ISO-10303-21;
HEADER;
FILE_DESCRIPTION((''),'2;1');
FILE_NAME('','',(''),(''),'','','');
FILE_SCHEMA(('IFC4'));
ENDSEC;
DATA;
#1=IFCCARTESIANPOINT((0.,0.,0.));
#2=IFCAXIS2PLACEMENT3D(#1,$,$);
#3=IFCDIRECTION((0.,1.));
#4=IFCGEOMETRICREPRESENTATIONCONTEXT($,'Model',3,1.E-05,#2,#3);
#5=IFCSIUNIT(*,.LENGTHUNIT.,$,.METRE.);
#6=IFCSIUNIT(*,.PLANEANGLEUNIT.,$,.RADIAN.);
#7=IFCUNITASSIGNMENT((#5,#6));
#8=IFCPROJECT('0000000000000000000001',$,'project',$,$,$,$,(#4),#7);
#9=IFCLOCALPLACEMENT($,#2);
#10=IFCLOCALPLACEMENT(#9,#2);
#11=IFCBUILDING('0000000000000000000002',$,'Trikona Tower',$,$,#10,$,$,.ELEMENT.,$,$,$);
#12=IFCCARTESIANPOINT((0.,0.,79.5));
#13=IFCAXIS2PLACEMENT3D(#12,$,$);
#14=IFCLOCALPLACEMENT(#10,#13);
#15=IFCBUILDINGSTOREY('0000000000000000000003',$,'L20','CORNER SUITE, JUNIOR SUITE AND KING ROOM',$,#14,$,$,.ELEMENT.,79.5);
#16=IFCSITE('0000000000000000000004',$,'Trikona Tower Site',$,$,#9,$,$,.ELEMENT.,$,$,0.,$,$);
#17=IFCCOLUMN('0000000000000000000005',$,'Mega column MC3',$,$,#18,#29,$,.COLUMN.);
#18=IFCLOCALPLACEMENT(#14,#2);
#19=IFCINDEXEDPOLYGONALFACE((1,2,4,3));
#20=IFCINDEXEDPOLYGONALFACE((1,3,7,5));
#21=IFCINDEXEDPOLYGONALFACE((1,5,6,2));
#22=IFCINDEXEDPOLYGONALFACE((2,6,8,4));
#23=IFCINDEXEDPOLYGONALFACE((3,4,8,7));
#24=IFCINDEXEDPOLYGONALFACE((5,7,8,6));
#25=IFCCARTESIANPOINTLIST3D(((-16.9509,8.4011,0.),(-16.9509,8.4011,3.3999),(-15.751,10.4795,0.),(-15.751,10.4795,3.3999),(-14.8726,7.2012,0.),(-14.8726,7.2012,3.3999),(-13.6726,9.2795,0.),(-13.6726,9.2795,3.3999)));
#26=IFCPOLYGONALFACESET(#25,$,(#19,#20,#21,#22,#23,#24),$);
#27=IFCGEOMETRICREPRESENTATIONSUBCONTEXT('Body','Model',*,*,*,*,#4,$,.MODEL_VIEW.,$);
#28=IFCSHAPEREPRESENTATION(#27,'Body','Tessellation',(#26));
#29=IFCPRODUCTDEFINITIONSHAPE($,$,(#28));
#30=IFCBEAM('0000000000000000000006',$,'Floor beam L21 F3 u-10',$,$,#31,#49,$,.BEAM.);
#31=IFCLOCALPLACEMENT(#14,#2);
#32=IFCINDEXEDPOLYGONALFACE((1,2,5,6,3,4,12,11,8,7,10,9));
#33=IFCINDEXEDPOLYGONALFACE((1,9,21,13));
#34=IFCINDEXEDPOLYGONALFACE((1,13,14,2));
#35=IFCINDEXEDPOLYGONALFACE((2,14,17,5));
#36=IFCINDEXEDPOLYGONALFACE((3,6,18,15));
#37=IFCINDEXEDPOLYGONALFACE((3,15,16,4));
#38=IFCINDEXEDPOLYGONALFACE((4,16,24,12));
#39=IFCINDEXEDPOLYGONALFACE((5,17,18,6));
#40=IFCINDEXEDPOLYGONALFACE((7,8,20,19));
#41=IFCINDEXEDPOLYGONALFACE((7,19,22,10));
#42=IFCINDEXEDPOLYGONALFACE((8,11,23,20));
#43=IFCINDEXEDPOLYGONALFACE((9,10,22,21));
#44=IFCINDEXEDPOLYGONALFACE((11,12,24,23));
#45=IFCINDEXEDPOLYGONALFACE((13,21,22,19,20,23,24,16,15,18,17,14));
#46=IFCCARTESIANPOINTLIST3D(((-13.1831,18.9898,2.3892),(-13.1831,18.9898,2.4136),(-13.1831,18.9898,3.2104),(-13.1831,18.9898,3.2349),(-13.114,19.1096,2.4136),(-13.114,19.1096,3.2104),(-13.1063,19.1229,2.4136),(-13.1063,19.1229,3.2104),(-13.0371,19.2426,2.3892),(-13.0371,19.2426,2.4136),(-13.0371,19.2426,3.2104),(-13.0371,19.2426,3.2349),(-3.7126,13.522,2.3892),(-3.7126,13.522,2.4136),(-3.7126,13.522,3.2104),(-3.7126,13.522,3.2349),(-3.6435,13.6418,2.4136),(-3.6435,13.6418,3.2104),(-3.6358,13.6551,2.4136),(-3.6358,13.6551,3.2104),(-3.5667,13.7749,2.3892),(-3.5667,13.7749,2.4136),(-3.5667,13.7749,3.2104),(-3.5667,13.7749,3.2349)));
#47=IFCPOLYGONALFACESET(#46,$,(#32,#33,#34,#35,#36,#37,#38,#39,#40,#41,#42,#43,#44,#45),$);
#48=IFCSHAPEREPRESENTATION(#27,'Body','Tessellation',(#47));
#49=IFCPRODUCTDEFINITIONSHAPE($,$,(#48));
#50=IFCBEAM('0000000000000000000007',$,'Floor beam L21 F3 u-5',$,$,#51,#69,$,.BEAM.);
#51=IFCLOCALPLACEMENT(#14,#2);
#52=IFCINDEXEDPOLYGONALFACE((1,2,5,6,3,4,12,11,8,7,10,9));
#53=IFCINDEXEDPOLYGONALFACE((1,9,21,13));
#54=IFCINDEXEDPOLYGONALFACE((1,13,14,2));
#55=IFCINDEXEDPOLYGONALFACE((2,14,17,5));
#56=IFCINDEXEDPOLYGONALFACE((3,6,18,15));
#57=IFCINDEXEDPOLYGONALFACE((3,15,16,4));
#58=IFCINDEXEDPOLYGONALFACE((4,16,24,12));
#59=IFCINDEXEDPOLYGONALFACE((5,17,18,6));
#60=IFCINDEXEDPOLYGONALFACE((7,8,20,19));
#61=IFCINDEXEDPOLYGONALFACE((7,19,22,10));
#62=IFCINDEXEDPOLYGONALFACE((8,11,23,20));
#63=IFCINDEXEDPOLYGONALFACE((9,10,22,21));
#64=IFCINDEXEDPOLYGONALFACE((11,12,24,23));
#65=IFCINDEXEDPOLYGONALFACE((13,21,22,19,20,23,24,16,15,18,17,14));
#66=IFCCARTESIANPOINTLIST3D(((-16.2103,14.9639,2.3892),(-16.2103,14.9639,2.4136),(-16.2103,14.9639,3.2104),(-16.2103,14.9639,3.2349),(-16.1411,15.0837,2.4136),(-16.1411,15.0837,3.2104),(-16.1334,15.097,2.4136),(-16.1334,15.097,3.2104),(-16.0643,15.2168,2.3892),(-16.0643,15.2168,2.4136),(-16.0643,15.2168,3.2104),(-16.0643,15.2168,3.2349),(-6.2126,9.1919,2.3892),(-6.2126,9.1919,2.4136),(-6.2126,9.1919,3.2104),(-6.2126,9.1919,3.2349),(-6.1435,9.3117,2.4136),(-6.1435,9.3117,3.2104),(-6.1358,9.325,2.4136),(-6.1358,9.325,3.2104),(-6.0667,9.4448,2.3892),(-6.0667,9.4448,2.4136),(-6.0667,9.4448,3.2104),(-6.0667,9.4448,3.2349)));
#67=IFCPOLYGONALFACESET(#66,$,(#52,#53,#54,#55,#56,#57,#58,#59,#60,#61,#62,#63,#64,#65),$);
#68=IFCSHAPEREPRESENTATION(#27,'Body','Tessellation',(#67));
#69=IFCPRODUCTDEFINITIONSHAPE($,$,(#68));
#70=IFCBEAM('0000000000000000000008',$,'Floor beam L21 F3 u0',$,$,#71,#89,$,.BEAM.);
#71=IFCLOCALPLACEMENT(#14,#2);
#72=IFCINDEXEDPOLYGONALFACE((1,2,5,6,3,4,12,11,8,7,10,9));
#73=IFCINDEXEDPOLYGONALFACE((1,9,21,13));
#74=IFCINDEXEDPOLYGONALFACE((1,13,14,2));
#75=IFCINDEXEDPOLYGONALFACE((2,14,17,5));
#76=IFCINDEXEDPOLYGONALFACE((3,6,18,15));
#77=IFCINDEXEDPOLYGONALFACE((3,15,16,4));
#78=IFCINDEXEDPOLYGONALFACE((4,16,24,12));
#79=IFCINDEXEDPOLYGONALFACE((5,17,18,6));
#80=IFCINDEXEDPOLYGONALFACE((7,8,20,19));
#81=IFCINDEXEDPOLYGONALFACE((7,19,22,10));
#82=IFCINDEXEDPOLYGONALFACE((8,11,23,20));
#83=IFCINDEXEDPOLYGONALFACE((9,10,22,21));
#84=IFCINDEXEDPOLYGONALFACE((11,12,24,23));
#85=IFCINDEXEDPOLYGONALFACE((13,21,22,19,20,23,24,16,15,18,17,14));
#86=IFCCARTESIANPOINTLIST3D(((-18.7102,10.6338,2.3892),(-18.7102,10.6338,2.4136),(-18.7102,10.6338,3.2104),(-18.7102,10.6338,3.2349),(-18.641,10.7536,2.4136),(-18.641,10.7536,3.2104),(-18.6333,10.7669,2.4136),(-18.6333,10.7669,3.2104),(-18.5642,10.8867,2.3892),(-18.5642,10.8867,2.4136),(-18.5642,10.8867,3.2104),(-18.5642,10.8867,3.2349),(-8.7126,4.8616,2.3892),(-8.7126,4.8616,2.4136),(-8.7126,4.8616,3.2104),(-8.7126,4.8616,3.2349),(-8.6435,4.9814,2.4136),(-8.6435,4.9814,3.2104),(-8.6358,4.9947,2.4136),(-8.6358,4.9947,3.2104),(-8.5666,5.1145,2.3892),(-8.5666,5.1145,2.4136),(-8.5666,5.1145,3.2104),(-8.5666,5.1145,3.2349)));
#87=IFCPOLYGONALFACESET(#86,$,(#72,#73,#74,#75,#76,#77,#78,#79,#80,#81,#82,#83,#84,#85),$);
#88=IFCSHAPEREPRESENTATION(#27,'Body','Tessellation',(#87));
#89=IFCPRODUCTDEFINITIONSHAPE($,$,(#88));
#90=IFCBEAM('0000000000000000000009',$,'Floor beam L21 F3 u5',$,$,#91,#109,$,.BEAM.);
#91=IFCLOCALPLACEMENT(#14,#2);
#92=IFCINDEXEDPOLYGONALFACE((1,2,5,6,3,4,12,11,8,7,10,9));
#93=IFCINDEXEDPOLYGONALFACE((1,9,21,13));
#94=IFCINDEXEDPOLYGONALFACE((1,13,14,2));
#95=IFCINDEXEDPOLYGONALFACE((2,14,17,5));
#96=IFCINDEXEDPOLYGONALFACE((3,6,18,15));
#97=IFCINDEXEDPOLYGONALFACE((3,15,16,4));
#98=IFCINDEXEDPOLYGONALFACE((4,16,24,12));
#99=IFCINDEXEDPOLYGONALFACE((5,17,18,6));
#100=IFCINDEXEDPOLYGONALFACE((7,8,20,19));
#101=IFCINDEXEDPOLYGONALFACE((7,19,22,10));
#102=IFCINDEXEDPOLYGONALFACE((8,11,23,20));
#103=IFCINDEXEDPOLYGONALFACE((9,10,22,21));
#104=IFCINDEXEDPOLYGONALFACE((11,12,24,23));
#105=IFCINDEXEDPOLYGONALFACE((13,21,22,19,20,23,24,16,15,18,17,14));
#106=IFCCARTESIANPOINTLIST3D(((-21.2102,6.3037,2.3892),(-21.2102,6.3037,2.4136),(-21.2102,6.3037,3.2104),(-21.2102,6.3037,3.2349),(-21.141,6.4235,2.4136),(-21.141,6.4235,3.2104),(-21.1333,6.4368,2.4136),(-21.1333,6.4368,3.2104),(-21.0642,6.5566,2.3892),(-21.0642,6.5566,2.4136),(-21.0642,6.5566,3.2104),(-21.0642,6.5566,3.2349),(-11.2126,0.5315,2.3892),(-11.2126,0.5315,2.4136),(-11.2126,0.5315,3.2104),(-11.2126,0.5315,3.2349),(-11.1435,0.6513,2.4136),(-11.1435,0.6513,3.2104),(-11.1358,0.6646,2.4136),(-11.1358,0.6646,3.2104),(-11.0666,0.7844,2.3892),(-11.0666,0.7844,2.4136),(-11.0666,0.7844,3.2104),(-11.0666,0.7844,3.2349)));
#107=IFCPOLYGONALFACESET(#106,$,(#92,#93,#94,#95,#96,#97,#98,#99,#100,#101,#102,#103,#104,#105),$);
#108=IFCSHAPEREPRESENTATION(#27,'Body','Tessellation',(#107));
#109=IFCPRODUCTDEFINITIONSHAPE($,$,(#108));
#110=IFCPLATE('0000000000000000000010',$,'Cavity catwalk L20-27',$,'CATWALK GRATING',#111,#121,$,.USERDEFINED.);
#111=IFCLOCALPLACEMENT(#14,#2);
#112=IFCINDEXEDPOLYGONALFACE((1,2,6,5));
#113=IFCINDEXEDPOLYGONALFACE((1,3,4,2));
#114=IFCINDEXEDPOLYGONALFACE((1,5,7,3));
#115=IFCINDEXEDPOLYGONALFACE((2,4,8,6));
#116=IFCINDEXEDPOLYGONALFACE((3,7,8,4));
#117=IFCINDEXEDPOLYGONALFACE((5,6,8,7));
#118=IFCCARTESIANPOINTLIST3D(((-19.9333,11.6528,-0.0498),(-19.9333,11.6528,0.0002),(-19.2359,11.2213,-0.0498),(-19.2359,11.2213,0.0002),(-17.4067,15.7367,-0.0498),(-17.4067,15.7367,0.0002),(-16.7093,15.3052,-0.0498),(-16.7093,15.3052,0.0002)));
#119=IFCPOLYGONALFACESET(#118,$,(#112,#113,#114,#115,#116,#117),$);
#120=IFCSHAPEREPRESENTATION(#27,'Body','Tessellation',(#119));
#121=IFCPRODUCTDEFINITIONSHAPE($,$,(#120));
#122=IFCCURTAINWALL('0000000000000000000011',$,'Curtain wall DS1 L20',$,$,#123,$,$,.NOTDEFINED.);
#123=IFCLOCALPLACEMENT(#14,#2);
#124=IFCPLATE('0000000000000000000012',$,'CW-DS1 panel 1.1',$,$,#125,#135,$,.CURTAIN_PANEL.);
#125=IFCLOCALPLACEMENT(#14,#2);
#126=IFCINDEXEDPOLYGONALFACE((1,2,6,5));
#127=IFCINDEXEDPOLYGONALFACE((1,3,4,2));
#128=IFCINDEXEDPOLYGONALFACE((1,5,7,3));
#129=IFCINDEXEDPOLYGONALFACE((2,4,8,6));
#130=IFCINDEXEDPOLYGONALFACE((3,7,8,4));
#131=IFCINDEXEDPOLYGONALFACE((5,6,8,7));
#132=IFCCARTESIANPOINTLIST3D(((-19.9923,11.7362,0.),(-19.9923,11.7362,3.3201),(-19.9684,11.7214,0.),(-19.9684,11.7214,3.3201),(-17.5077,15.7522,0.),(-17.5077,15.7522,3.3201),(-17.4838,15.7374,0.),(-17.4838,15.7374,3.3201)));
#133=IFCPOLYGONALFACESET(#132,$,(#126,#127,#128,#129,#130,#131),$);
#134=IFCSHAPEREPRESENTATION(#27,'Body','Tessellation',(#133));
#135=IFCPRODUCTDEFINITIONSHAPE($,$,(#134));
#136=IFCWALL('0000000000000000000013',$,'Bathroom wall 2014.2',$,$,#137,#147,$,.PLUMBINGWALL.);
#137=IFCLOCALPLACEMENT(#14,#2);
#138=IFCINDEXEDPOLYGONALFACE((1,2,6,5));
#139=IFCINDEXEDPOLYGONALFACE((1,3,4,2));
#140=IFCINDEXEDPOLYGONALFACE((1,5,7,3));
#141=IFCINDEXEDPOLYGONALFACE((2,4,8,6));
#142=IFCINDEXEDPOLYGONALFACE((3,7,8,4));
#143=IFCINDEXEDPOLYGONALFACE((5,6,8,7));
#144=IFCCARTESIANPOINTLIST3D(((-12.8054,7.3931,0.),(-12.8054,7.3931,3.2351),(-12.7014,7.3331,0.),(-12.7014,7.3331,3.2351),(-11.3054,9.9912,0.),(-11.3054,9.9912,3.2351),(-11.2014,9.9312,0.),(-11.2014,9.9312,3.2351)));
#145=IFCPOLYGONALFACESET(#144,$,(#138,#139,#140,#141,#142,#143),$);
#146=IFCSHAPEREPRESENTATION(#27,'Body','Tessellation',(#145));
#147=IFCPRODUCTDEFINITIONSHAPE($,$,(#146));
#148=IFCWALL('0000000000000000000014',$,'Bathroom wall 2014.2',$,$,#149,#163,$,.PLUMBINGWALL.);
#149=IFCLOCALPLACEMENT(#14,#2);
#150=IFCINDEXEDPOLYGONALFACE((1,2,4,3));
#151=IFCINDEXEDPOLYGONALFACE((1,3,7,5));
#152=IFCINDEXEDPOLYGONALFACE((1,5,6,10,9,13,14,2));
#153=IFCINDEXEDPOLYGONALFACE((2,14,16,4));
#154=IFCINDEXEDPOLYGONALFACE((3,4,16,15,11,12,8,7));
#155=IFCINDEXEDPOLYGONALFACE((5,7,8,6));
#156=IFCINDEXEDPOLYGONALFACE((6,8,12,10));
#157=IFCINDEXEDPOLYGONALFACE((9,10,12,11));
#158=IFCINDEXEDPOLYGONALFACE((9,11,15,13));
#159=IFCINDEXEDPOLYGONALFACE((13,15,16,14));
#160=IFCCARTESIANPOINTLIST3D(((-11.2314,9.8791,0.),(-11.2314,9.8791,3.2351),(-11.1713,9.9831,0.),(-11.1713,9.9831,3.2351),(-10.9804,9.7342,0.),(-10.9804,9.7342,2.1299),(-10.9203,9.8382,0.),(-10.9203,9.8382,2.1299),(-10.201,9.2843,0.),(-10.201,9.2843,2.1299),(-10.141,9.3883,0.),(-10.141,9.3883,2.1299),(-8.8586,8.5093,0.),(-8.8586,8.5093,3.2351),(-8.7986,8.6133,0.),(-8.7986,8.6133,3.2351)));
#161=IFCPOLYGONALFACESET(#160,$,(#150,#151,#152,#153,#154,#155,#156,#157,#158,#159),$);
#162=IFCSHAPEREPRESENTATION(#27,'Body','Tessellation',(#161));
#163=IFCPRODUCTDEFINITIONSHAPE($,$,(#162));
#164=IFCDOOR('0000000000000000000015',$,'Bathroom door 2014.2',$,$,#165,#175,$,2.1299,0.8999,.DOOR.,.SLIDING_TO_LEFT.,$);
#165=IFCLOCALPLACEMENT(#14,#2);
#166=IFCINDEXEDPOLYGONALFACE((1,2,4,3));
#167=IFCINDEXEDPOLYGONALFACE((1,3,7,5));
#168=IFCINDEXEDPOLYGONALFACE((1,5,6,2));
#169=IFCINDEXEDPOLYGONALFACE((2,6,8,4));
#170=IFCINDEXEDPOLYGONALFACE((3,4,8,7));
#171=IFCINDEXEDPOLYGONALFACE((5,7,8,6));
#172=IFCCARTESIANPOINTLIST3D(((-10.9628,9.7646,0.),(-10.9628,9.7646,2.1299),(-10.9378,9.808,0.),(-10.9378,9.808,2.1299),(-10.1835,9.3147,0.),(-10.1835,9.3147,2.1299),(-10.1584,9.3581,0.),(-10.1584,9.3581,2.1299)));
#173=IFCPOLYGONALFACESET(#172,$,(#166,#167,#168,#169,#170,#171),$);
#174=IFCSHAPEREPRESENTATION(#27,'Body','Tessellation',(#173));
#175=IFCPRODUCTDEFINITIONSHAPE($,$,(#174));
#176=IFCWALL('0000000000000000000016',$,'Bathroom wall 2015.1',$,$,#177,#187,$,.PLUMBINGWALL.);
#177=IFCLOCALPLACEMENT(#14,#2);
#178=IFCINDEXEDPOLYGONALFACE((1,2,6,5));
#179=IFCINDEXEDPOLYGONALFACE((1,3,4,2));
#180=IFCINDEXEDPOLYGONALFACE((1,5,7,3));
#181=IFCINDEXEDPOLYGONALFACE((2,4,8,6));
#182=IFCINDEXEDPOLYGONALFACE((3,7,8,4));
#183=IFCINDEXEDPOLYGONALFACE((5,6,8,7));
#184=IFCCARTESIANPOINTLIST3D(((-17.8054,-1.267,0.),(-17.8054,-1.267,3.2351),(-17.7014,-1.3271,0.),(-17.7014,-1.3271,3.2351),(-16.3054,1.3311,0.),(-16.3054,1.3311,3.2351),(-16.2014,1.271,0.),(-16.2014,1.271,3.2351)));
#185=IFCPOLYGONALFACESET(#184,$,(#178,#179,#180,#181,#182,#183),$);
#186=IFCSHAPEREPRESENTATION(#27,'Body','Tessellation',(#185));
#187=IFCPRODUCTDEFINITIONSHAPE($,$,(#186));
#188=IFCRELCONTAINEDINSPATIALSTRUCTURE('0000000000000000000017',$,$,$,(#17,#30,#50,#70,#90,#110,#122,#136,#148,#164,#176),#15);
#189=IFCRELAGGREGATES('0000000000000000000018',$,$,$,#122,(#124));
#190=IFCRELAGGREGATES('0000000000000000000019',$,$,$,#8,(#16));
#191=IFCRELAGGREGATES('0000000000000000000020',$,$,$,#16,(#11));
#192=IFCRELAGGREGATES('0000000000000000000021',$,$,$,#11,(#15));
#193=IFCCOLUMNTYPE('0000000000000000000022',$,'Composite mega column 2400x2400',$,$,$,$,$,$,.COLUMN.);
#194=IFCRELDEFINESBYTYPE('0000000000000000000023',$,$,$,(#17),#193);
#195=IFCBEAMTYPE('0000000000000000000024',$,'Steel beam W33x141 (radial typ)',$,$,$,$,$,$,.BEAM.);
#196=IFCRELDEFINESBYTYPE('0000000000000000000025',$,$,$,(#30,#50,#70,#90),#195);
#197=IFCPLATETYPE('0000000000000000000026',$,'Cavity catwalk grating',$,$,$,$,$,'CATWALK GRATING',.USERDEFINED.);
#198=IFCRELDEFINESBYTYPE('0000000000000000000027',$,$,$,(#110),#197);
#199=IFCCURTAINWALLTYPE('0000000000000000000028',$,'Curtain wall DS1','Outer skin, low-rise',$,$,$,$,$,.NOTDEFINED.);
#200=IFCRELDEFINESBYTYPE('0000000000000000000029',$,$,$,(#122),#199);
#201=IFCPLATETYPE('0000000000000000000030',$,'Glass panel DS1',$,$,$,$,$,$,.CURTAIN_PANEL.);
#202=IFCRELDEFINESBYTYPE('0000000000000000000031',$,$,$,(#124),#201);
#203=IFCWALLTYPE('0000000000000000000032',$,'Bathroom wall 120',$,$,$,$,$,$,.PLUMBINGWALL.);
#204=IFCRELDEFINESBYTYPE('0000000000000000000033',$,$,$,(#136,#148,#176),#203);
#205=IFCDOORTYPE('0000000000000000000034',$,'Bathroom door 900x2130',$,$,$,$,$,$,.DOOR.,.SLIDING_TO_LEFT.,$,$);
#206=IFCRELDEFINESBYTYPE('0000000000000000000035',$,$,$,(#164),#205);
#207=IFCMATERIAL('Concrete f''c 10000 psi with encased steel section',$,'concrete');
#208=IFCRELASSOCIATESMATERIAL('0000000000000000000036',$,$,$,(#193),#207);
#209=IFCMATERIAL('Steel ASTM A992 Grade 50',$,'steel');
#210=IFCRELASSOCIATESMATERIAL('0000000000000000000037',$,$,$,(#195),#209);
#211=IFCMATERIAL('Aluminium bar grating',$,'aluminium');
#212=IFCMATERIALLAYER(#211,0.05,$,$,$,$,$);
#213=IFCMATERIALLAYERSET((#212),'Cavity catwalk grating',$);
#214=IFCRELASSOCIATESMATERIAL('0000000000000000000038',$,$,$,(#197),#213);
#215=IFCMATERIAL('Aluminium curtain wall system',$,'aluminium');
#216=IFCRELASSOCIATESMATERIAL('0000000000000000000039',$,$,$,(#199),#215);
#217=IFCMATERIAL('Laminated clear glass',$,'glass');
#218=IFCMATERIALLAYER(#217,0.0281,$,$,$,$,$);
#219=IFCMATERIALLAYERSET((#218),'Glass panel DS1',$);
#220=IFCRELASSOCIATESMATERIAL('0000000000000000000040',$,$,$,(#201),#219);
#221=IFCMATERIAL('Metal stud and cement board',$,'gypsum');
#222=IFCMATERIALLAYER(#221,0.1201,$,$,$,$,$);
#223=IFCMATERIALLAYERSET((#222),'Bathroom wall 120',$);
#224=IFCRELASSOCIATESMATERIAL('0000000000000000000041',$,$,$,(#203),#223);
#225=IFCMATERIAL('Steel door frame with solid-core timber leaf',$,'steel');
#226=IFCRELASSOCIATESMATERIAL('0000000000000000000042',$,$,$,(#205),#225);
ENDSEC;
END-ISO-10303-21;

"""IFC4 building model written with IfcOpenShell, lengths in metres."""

from ifc_helpers import new_model, si_unit, direction, frame, frame_2d, origin, origin_2d, place, context, subcontext, project, spatial, rectangle, i_section, extrude, material, layer, layer_set, material_profile, profile_set, type_object, element, fill, aggregate, save


model = new_model("IFC4")

# Units and contexts
model_context = context("Model", 3, precision=1e-05, world=origin(), true_north=direction((0.0, 1.0)))
body_context = subcontext(model_context, "Body", "Model", "MODEL_VIEW")
ifc_project = project(units=[si_unit("LENGTHUNIT", "METRE"), si_unit("PLANEANGLEUNIT", "RADIAN")], contexts=[model_context])

# Site, building, storey
site_placement = place(None, origin())
site = spatial("IfcSite", under=ifc_project, at=site_placement, Name="Trikona Tower Site", CompositionType="ELEMENT", RefElevation=0.0)
building_placement = place(site_placement, origin())
building = spatial("IfcBuilding", under=site, at=building_placement, Name="Trikona Tower", CompositionType="ELEMENT")
storey_placement = place(building_placement, frame((0.0, 0.0, 79.5)))
storey = spatial("IfcBuildingStorey", under=building, at=storey_placement, Name="L20", Description="CORNER SUITE, JUNIOR SUITE AND KING ROOM", CompositionType="ELEMENT", Elevation=79.5)

# Column
ifc_material_1 = material(Name="Concrete f'c 10000 psi with encased steel section", Category="concrete")
ifc_material_profile_1 = material_profile(ifc_material_1, rectangle(XDim=2.3999, YDim=2.3999, at=origin_2d()), Name="MC2400")
ifc_profile_set_1 = profile_set([ifc_material_profile_1], Name="Concrete f'c 10000 psi with encased steel section")
column_type = type_object("IfcColumnType", Name="Composite mega column 2400x2400", PredefinedType="COLUMN", material=ifc_profile_set_1)
column_placement = place(storey_placement, frame((-15.3118, 8.8403, 0.0), z_axis=(0.0, 0.0, 1.0), x_axis=(-0.866025, 0.5, 0.0)))
element("IfcColumn", 1, at=column_placement, inside=storey, type_object=column_type, Name="Mega column MC3", PredefinedType="COLUMN", context=body_context, shape_type="SweptSolid", body=[
    extrude(rectangle(XDim=2.3999, YDim=2.3999, at=origin_2d()), origin(), (0.0, 0.0, 1.0), 3.3999),
])

# Beams
ifc_material_2 = material(Name="Steel ASTM A992 Grade 50", Category="steel")
ifc_material_profile_2 = material_profile(ifc_material_2, i_section(OverallWidth=0.292, OverallDepth=0.8457, WebThickness=0.0154, FlangeThickness=0.0244, at=origin_2d()), Name="W33X141")
ifc_profile_set_2 = profile_set([ifc_material_profile_2], Name="Steel ASTM A992 Grade 50")
beam_type = type_object("IfcBeamType", Name="Steel beam W33x141 (radial typ)", PredefinedType="BEAM", material=ifc_profile_set_2)
beam_placement = place(storey_placement, frame((-3.6396, 13.6484, 2.812), z_axis=(-0.866025, 0.5, 0.0), x_axis=(-0.5, -0.866025, 0.0)))
element("IfcBeam", 2, at=beam_placement, inside=storey, type_object=beam_type, Name="Floor beam L21 F3 u-10", PredefinedType="BEAM", context=body_context, shape_type="SweptSolid", body=[
    extrude(i_section(OverallWidth=0.292, OverallDepth=0.8457, WebThickness=0.0154, FlangeThickness=0.0244, at=origin_2d()), origin(), (0.0, 0.0, 1.0), 10.9355),
])
for number, where, z_axis, x_axis, name in (
    (3, (-6.1396, 9.3184, 2.812), (-0.86603, 0.499992, 0.0), (-0.499992, -0.86603, 0.0), "Floor beam L21 F3 u-5"),
    (4, (-8.6396, 4.988, 2.812), (-0.866021, 0.500008, 0.0), (-0.500008, -0.866021, 0.0), "Floor beam L21 F3 u0"),
    (5, (-11.1396, 0.658, 2.812), (-0.866021, 0.500008, 0.0), (-0.500008, -0.866021, 0.0), "Floor beam L21 F3 u5"),
):
    element("IfcBeam", number, at=place(storey_placement, frame(where, z_axis=z_axis, x_axis=x_axis)), inside=storey, type_object=beam_type, Name=name, PredefinedType="BEAM", context=body_context, shape_type="SweptSolid", body=[
        extrude(i_section(OverallWidth=0.292, OverallDepth=0.8457, WebThickness=0.0154, FlangeThickness=0.0244, at=origin_2d()), origin(), (0.0, 0.0, 1.0), 11.5442),
    ])

# Plate
ifc_material_3 = material(Name="Aluminium bar grating", Category="aluminium")
ifc_layer_1 = layer(ifc_material_3, 0.05)
ifc_layer_set_1 = layer_set([ifc_layer_1], Name="Cavity catwalk grating")
plate_type_1 = type_object("IfcPlateType", Name="Cavity catwalk grating", ElementType="CATWALK GRATING", PredefinedType="USERDEFINED", material=ifc_layer_set_1)
plate_1_placement = place(storey_placement, frame((-18.3213, 13.479, -0.0498), z_axis=(0.0, 0.0, 1.0), x_axis=(-0.526119, -0.850411, 0.0)))
element("IfcPlate", 6, at=plate_1_placement, inside=storey, type_object=plate_type_1, Name="Cavity catwalk L20-27", ObjectType="CATWALK GRATING", PredefinedType="USERDEFINED", context=body_context, shape_type="SweptSolid", body=[
    extrude(rectangle(XDim=4.8022, YDim=0.8201, at=origin_2d()), origin(), (0.0, 0.0, 1.0), 0.05),
])

# Curtain wall, plate
ifc_material_4 = material(Name="Aluminium curtain wall system", Category="aluminium")
curtain_wall_type = type_object("IfcCurtainWallType", Name="Curtain wall DS1", Description="Outer skin, low-rise", PredefinedType="NOTDEFINED", material=ifc_material_4)
curtain_wall_placement = place(storey_placement, origin())
curtain_wall = element("IfcCurtainWall", 7, at=curtain_wall_placement, inside=storey, type_object=curtain_wall_type, Name="Curtain wall DS1 L20", PredefinedType="NOTDEFINED")
ifc_material_5 = material(Name="Laminated clear glass", Category="glass")
ifc_layer_2 = layer(ifc_material_5, 0.0281)
ifc_layer_set_2 = layer_set([ifc_layer_2], Name="Glass panel DS1")
plate_type_2 = type_object("IfcPlateType", Name="Glass panel DS1", PredefinedType="CURTAIN_PANEL", material=ifc_layer_set_2)
plate_2_placement = place(storey_placement, frame((-18.738, 13.7368, 0.0), z_axis=(0.0, 0.0, 1.0), x_axis=(-0.52612, -0.85041, 0.0)))
plate_2 = element("IfcPlate", 8, at=plate_2_placement, type_object=plate_type_2, Name="CW-DS1 panel 1.1", PredefinedType="CURTAIN_PANEL", context=body_context, shape_type="SweptSolid", body=[
    extrude(rectangle(XDim=4.7224, YDim=0.0281, at=origin_2d()), origin(), (0.0, 0.0, 1.0), 3.3201),
])
aggregate(curtain_wall, [plate_2])

# Wall
ifc_material_6 = material(Name="Metal stud and cement board", Category="gypsum")
ifc_layer_3 = layer(ifc_material_6, 0.1201)
ifc_layer_set_3 = layer_set([ifc_layer_3], Name="Bathroom wall 120")
wall_type_1 = type_object("IfcWallType", Name="Bathroom wall 120", PredefinedType="PLUMBINGWALL", material=ifc_layer_set_3)
wall_1_placement = place(storey_placement, frame((-11.2534, 9.9612, 0.0), z_axis=(0.0, 0.0, 1.0), x_axis=(-0.49999, -0.866031, 0.0)))
element("IfcWall", 9, at=wall_1_placement, inside=storey, type_object=wall_type_1, Name="Bathroom wall 2014.2", PredefinedType="PLUMBINGWALL", context=body_context, shape_type="SweptSolid", body=[
    extrude(rectangle(XDim=3.0, YDim=0.1201, at=frame_2d((1.5, 0.0))), origin(), (0.0, 0.0, 1.0), 3.2351),
])

# Wall, opening, door
wall_2_placement = place(storey_placement, frame((-8.8286, 8.5613, 0.0), z_axis=(0.0, 0.0, 1.0), x_axis=(-0.866036, 0.499982, 0.0)))
wall_2 = element("IfcWall", 10, at=wall_2_placement, inside=storey, type_object=wall_type_1, Name="Bathroom wall 2014.2", PredefinedType="PLUMBINGWALL", context=body_context, shape_type="SweptSolid", body=[
    extrude(rectangle(XDim=2.7397, YDim=0.1201, at=frame_2d((1.3699, 0.0))), origin(), (0.0, 0.0, 1.0), 3.2351),
])
opening_1_placement = place(wall_2_placement, frame((1.55, 0.0, 0.0)))
opening_1 = element("IfcOpeningElement", 11, at=opening_1_placement, cuts=wall_2, PredefinedType="OPENING", context=body_context, shape_type="SweptSolid", body=[
    extrude(rectangle(XDim=0.8999, YDim=2.1299, at=frame_2d((0.45, 1.0649))), frame((0.0, 0.0701, 0.0), z_axis=(0.0, -1.0, 0.0), x_axis=(1.0, 0.0, 0.0)), (0.0, 0.0, 1.0), 0.1401),
])
ifc_material_7 = material(Name="Steel door frame with solid-core timber leaf", Category="steel")
door_type_1 = type_object("IfcDoorType", Name="Bathroom door 900x2130", OperationType="SLIDING_TO_LEFT", PredefinedType="DOOR", material=ifc_material_7)
door_1_placement = place(opening_1_placement, origin())
door_1 = element("IfcDoor", 12, at=door_1_placement, inside=storey, type_object=door_type_1, Name="Bathroom door 2014.2", OperationType="SLIDING_TO_LEFT", OverallHeight=2.1299, OverallWidth=0.8999, PredefinedType="DOOR", context=body_context, shape_type="SweptSolid", body=[
    extrude(rectangle(XDim=0.8999, YDim=2.1299, at=frame_2d((0.45, 1.0649))), frame((0.0, 0.0249, 0.0), z_axis=(0.0, -1.0, 0.0), x_axis=(1.0, 0.0, 0.0)), (0.0, 0.0, 1.0), 0.05),
])
fill(opening_1, door_1)

# Wall
wall_3_placement = place(storey_placement, frame((-16.2534, 1.301, 0.0), z_axis=(0.0, 0.0, 1.0), x_axis=(-0.49999, -0.866031, 0.0)))
element("IfcWall", 13, at=wall_3_placement, inside=storey, type_object=wall_type_1, Name="Bathroom wall 2015.1", PredefinedType="PLUMBINGWALL", context=body_context, shape_type="SweptSolid", body=[
    extrude(rectangle(XDim=3.0, YDim=0.1201, at=frame_2d((1.5, 0.0))), origin(), (0.0, 0.0, 1.0), 3.2351),
])

save(model, "model.ifc")
